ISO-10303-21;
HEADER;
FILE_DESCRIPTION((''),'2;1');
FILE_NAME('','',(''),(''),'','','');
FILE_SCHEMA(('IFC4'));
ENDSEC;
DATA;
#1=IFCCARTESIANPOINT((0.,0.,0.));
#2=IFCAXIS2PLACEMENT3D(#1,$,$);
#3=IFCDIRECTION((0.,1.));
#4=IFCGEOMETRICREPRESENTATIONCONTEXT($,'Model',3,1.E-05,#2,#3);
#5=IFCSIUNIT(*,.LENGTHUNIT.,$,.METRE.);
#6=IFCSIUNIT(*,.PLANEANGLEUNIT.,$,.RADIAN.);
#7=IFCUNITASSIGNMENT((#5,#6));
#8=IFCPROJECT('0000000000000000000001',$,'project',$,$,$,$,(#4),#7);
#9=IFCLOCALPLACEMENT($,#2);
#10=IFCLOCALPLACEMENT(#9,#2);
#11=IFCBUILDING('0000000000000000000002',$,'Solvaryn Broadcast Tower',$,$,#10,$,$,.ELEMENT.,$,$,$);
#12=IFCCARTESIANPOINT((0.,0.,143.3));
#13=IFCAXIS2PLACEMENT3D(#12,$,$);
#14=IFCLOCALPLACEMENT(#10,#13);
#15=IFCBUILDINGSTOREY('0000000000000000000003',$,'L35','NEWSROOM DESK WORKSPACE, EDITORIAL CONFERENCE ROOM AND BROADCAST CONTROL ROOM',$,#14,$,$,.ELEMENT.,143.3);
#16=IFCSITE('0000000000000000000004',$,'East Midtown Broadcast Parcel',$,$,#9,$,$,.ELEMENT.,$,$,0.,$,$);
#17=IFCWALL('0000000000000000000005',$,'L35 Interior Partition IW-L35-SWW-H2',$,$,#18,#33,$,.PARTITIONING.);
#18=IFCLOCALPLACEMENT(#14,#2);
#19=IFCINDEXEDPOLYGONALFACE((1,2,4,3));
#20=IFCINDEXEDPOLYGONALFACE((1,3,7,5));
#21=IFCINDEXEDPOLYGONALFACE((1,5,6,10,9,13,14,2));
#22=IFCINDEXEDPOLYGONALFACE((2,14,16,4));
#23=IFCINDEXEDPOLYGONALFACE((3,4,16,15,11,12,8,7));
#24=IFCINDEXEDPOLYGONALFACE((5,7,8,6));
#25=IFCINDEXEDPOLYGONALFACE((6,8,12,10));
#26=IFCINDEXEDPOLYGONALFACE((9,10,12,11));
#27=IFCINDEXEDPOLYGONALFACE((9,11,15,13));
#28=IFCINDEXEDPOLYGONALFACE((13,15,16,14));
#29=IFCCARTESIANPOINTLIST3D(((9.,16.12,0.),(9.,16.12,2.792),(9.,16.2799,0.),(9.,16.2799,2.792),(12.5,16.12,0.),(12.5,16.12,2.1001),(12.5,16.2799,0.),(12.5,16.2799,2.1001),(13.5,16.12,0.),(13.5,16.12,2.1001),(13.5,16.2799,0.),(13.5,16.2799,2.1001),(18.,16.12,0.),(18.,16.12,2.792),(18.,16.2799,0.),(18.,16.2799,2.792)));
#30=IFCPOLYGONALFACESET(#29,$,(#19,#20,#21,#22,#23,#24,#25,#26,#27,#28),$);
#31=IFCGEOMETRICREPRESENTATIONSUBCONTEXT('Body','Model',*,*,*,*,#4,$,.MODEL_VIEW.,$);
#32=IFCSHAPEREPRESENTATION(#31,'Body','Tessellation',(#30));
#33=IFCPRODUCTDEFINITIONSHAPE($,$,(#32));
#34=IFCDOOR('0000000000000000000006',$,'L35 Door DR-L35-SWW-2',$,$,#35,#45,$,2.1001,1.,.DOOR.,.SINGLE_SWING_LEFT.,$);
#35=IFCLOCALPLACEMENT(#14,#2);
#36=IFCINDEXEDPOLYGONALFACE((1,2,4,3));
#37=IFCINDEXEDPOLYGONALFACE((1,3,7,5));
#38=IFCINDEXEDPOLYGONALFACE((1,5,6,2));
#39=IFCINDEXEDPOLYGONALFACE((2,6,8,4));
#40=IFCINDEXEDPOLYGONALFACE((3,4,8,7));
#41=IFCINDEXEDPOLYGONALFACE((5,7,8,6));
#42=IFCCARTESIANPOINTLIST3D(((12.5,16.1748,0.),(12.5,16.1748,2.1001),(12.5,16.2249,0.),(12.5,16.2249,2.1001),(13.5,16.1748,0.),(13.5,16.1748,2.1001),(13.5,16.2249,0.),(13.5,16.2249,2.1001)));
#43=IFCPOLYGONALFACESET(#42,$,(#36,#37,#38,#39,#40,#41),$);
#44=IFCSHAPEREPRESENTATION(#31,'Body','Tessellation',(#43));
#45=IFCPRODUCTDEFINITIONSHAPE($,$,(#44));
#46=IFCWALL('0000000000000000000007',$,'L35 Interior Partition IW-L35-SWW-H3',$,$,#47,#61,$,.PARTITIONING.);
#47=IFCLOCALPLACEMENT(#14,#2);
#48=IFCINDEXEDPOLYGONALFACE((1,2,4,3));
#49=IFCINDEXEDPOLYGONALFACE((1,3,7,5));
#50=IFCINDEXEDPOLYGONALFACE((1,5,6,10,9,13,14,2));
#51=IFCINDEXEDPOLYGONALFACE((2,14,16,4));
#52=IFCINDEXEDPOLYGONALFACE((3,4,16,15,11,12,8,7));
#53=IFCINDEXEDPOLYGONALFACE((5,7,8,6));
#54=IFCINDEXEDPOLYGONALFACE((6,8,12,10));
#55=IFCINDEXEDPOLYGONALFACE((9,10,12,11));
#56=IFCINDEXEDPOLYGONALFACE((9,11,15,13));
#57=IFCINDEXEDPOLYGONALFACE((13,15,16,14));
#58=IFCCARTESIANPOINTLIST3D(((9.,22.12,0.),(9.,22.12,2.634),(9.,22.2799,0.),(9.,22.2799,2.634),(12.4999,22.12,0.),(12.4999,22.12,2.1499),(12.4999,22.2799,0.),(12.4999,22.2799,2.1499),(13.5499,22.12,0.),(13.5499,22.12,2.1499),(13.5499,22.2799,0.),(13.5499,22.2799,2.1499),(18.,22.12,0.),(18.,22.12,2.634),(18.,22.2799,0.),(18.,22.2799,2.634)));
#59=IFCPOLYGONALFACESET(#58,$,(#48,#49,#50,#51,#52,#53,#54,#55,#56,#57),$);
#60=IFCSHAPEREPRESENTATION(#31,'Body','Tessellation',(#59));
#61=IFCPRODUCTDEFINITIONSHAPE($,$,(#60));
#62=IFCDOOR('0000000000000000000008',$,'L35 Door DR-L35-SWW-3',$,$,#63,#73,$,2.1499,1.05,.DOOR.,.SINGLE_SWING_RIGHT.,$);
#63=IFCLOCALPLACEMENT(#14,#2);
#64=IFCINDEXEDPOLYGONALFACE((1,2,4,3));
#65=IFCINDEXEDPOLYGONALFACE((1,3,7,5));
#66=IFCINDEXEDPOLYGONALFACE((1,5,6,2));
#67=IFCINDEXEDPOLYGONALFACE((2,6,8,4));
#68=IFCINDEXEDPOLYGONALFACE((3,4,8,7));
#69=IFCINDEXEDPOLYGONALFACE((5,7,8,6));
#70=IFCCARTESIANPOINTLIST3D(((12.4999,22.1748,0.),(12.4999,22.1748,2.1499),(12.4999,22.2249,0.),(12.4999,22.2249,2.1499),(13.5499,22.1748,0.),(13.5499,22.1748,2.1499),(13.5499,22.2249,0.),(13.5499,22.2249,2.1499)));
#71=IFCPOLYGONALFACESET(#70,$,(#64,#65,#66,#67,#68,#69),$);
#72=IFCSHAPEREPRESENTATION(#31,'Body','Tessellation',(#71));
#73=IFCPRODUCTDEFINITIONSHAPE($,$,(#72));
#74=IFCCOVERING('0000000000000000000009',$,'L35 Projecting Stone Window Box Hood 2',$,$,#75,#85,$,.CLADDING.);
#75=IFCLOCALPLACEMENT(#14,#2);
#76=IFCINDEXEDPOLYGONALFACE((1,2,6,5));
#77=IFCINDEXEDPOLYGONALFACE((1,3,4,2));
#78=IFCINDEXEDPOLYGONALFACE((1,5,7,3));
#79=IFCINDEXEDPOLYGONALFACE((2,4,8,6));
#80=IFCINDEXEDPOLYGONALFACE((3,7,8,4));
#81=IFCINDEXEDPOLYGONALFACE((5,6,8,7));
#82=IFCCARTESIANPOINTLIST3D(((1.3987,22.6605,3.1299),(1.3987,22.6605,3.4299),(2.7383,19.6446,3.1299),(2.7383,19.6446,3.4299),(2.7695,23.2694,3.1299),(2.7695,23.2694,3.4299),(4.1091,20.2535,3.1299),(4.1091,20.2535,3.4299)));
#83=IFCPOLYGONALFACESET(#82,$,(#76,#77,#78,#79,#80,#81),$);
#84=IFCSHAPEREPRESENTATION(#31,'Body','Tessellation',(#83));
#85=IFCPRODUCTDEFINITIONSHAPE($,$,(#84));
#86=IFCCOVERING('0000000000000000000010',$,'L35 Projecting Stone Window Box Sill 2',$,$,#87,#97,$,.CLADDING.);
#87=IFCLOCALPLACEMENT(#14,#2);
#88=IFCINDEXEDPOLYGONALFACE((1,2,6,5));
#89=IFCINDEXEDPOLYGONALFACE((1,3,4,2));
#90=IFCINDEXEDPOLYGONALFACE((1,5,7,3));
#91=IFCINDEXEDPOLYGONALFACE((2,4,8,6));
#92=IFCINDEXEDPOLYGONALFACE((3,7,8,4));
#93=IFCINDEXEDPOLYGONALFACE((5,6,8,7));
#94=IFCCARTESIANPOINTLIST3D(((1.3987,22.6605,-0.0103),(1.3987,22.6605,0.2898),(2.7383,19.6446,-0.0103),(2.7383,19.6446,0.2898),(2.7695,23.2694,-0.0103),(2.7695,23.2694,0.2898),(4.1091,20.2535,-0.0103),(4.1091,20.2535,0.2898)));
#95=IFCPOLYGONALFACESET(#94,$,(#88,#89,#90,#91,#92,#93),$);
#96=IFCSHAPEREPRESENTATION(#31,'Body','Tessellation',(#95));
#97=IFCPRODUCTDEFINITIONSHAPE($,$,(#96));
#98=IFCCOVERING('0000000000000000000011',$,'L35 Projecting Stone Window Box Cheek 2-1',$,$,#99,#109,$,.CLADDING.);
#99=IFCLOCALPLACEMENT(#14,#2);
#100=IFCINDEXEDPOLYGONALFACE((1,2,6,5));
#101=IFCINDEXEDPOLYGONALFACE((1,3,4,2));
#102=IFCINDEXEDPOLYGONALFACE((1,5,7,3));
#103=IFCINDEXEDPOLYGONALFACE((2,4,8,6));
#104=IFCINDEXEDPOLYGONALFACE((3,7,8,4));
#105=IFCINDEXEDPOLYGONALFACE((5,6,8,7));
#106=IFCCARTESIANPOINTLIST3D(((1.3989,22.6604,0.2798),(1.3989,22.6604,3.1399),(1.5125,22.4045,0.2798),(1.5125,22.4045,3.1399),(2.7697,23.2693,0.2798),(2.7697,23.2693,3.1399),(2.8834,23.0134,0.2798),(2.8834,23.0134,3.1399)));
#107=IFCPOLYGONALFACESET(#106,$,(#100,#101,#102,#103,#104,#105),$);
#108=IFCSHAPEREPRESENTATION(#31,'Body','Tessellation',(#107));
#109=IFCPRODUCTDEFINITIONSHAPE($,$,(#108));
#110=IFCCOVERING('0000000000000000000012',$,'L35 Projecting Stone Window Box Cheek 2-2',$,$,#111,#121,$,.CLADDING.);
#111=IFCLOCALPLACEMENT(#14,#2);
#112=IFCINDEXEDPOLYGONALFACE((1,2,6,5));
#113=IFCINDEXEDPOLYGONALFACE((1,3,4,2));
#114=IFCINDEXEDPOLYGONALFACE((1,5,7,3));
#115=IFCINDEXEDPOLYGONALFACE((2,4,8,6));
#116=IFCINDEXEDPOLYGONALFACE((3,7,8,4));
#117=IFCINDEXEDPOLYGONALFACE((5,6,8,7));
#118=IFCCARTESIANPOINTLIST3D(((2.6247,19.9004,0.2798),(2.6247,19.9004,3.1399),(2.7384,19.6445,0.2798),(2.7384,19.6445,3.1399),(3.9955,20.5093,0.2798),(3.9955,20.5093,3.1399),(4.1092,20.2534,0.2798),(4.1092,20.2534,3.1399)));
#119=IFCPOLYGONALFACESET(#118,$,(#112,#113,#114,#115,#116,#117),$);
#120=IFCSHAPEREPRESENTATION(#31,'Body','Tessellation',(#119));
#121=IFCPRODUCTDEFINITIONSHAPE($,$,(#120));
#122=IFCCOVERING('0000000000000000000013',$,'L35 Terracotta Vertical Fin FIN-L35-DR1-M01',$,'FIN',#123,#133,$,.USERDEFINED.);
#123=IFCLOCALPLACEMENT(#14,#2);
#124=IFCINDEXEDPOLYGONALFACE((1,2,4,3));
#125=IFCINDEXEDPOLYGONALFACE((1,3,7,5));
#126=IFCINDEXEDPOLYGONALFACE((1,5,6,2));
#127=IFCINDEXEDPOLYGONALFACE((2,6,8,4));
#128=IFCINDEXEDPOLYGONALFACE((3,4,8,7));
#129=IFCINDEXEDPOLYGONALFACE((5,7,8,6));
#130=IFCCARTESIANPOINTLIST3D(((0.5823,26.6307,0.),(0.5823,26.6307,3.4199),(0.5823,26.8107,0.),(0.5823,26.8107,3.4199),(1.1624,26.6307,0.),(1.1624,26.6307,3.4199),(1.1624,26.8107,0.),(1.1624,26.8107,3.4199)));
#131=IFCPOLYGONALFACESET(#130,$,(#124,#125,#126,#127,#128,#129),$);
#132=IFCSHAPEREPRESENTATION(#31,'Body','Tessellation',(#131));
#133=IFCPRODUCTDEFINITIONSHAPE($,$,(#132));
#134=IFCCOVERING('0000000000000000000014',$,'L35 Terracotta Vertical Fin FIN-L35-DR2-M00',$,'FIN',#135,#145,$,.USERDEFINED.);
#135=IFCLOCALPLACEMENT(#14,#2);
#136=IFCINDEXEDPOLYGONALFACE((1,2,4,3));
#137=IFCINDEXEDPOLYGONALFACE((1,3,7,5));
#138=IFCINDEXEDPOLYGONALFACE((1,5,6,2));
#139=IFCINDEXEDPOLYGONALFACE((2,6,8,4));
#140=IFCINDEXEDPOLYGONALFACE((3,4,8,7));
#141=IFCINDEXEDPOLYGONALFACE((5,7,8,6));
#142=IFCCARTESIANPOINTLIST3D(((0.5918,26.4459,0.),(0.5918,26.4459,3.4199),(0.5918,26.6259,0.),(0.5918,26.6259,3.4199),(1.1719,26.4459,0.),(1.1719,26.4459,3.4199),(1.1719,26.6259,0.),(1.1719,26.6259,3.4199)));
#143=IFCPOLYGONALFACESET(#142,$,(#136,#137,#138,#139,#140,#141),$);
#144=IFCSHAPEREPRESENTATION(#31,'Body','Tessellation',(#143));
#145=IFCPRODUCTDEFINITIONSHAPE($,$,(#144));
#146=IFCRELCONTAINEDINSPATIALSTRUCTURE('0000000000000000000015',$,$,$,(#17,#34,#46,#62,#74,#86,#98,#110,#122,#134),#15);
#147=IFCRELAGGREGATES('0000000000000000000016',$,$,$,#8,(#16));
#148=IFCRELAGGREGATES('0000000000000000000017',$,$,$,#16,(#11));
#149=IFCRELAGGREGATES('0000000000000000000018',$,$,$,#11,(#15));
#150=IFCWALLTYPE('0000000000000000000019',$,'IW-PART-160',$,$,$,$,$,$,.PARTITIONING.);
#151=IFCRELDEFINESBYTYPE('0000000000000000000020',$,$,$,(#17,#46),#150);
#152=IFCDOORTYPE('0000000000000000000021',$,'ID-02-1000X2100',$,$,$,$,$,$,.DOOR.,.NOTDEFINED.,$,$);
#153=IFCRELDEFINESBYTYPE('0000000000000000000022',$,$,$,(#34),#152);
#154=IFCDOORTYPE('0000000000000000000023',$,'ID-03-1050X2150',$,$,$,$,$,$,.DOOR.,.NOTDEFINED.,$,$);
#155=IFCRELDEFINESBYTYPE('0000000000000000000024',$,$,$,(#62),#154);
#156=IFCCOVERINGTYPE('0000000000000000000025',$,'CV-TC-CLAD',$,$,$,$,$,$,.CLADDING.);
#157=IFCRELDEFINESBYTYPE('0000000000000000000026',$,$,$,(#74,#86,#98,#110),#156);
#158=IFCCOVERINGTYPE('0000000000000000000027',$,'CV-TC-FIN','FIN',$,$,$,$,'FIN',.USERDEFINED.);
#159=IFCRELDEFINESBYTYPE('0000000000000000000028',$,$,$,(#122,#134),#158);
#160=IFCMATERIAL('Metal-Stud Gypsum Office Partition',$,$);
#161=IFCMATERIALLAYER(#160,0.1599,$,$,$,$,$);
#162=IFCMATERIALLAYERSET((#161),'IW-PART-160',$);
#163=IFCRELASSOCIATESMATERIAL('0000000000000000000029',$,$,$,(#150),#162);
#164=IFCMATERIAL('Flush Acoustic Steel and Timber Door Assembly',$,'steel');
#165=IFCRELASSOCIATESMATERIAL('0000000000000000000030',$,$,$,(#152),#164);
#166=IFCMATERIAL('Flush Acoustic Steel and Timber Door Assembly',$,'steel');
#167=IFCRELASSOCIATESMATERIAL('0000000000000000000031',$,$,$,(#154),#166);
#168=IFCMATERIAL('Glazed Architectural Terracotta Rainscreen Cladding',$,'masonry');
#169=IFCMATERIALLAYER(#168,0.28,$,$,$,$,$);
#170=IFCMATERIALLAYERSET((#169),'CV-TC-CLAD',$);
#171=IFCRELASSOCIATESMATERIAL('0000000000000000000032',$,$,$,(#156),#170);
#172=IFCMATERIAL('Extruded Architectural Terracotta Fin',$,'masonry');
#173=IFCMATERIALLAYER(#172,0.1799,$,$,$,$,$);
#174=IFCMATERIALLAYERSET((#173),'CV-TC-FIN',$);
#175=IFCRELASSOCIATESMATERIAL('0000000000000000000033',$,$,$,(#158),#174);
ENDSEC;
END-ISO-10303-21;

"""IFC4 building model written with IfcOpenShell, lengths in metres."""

from ifc_helpers import new_model, si_unit, direction, frame, frame_2d, origin, origin_2d, place, context, subcontext, project, spatial, rectangle, extrude, material, layer, layer_set, type_object, element, fill, save


model = new_model("IFC4")

# Units and contexts
model_context = context("Model", 3, precision=1e-05, world=origin(), true_north=direction((0.0, 1.0)))
body_context = subcontext(model_context, "Body", "Model", "MODEL_VIEW")
ifc_project = project(units=[si_unit("LENGTHUNIT", "METRE"), si_unit("PLANEANGLEUNIT", "RADIAN")], contexts=[model_context])

# Site, building, storey
site_placement = place(None, origin())
site = spatial("IfcSite", under=ifc_project, at=site_placement, Name="East Midtown Broadcast Parcel", CompositionType="ELEMENT", RefElevation=0.0)
building_placement = place(site_placement, origin())
building = spatial("IfcBuilding", under=site, at=building_placement, Name="Solvaryn Broadcast Tower", CompositionType="ELEMENT")
storey_placement = place(building_placement, frame((0.0, 0.0, 143.3)))
storey = spatial("IfcBuildingStorey", under=building, at=storey_placement, Name="L35", Description="NEWSROOM DESK WORKSPACE, EDITORIAL CONFERENCE ROOM AND BROADCAST CONTROL ROOM", CompositionType="ELEMENT", Elevation=143.3)

# Walls, openings, doors
ifc_material_1 = material(Name="Metal-Stud Gypsum Office Partition")
ifc_layer_1 = layer(ifc_material_1, 0.1599)
ifc_layer_set_1 = layer_set([ifc_layer_1], Name="IW-PART-160")
wall_type = type_object("IfcWallType", Name="IW-PART-160", PredefinedType="PARTITIONING", material=ifc_layer_set_1)
wall_1_placement = place(storey_placement, frame((9.0, 16.2, 0.0), z_axis=(0.0, 0.0, 1.0), x_axis=(1.0, 0.0, 0.0)))
wall_1 = element("IfcWall", 1, at=wall_1_placement, inside=storey, type_object=wall_type, Name="L35 Interior Partition IW-L35-SWW-H2", PredefinedType="PARTITIONING", context=body_context, shape_type="SweptSolid", body=[
    extrude(rectangle(XDim=9.0, YDim=0.1599, at=frame_2d((4.5, 0.0))), origin(), (0.0, 0.0, 1.0), 2.792),
])
opening_1_placement = place(wall_1_placement, frame((3.5, 0.0, 0.0)))
opening_1 = element("IfcOpeningElement", 2, at=opening_1_placement, cuts=wall_1, PredefinedType="OPENING", context=body_context, shape_type="SweptSolid", body=[
    extrude(rectangle(XDim=1.0, YDim=2.1001, at=frame_2d((0.5, 1.05))), frame((0.0, 0.0901, 0.0), z_axis=(0.0, -1.0, 0.0), x_axis=(1.0, 0.0, 0.0)), (0.0, 0.0, 1.0), 0.1799),
])
ifc_material_2 = material(Name="Flush Acoustic Steel and Timber Door Assembly", Category="steel")
door_type_1 = type_object("IfcDoorType", Name="ID-02-1000X2100", OperationType="NOTDEFINED", PredefinedType="DOOR", material=ifc_material_2)
door_1_placement = place(opening_1_placement, origin())
door_1 = element("IfcDoor", 3, at=door_1_placement, inside=storey, type_object=door_type_1, Name="L35 Door DR-L35-SWW-2", OperationType="SINGLE_SWING_LEFT", OverallHeight=2.1001, OverallWidth=1.0, PredefinedType="DOOR", context=body_context, shape_type="SweptSolid", body=[
    extrude(rectangle(XDim=1.0, YDim=2.1001, at=frame_2d((0.5, 1.05))), frame((0.0, 0.0249, 0.0), z_axis=(0.0, -1.0, 0.0), x_axis=(1.0, 0.0, 0.0)), (0.0, 0.0, 1.0), 0.05),
])
fill(opening_1, door_1)
wall_2_placement = place(storey_placement, frame((9.0, 22.2, 0.0), z_axis=(0.0, 0.0, 1.0), x_axis=(1.0, 0.0, 0.0)))
wall_2 = element("IfcWall", 4, at=wall_2_placement, inside=storey, type_object=wall_type, Name="L35 Interior Partition IW-L35-SWW-H3", PredefinedType="PARTITIONING", context=body_context, shape_type="SweptSolid", body=[
    extrude(rectangle(XDim=9.0, YDim=0.1599, at=frame_2d((4.5, 0.0))), origin(), (0.0, 0.0, 1.0), 2.634),
])
opening_2_placement = place(wall_2_placement, frame((3.5, 0.0, 0.0)))
opening_2 = element("IfcOpeningElement", 5, at=opening_2_placement, cuts=wall_2, PredefinedType="OPENING", context=body_context, shape_type="SweptSolid", body=[
    extrude(rectangle(XDim=1.05, YDim=2.1499, at=frame_2d((0.5249, 1.075))), frame((0.0, 0.0901, 0.0), z_axis=(0.0, -1.0, 0.0), x_axis=(1.0, 0.0, 0.0)), (0.0, 0.0, 1.0), 0.1799),
])
ifc_material_3 = material(Name="Flush Acoustic Steel and Timber Door Assembly", Category="steel")
door_type_2 = type_object("IfcDoorType", Name="ID-03-1050X2150", OperationType="NOTDEFINED", PredefinedType="DOOR", material=ifc_material_3)
door_2_placement = place(opening_2_placement, origin())
door_2 = element("IfcDoor", 6, at=door_2_placement, inside=storey, type_object=door_type_2, Name="L35 Door DR-L35-SWW-3", OperationType="SINGLE_SWING_RIGHT", OverallHeight=2.1499, OverallWidth=1.05, PredefinedType="DOOR", context=body_context, shape_type="SweptSolid", body=[
    extrude(rectangle(XDim=1.05, YDim=2.1499, at=frame_2d((0.5249, 1.075))), frame((0.0, 0.0249, 0.0), z_axis=(0.0, -1.0, 0.0), x_axis=(1.0, 0.0, 0.0)), (0.0, 0.0, 1.0), 0.05),
])
fill(opening_2, door_2)

# Coverings
ifc_material_4 = material(Name="Glazed Architectural Terracotta Rainscreen Cladding", Category="masonry")
ifc_layer_2 = layer(ifc_material_4, 0.28)
ifc_layer_set_2 = layer_set([ifc_layer_2], Name="CV-TC-CLAD")
covering_type_1 = type_object("IfcCoveringType", Name="CV-TC-CLAD", PredefinedType="CLADDING", material=ifc_layer_set_2)
for number, where, z_axis, x_axis, name in (
    (7, (2.7539, 21.457, 3.1299), (0.0, 0.0, 1.0), (0.405939, -0.9139, 0.0), "L35 Projecting Stone Window Box Hood 2"),
    (8, (2.7539, 21.457, -0.0103), (0.0, 0.0, 1.0), (0.405939, -0.9139, 0.0), "L35 Projecting Stone Window Box Sill 2"),
):
    element("IfcCovering", number, at=place(storey_placement, frame(where, z_axis=z_axis, x_axis=x_axis)), inside=storey, type_object=covering_type_1, Name=name, PredefinedType="CLADDING", context=body_context, shape_type="SweptSolid", body=[
        extrude(rectangle(XDim=3.3, YDim=1.5, at=origin_2d()), origin(), (0.0, 0.0, 1.0), 0.3),
    ])
for number, where, z_axis, x_axis, name in (
    (9, (2.1411, 22.8369, 0.2798), (0.0, 0.0, 1.0), (0.405939, -0.9139, 0.0), "L35 Projecting Stone Window Box Cheek 2-1"),
    (10, (3.3669, 20.0769, 0.2798), (0.0, 0.0, 1.0), (0.405939, -0.9139, 0.0), "L35 Projecting Stone Window Box Cheek 2-2"),
):
    element("IfcCovering", number, at=place(storey_placement, frame(where, z_axis=z_axis, x_axis=x_axis)), inside=storey, type_object=covering_type_1, Name=name, PredefinedType="CLADDING", context=body_context, shape_type="SweptSolid", body=[
        extrude(rectangle(XDim=0.28, YDim=1.5, at=origin_2d()), origin(), (0.0, 0.0, 1.0), 2.8601),
    ])
ifc_material_5 = material(Name="Extruded Architectural Terracotta Fin", Category="masonry")
ifc_layer_3 = layer(ifc_material_5, 0.1799)
ifc_layer_set_3 = layer_set([ifc_layer_3], Name="CV-TC-FIN")
covering_type_2 = type_object("IfcCoveringType", Name="CV-TC-FIN", Description="FIN", ElementType="FIN", PredefinedType="USERDEFINED", material=ifc_layer_set_3)
for number, where, z_axis, x_axis, name in (
    (11, (0.8723, 26.7207, 0.0), (0.0, 0.0, 1.0), (1.0, 0.0, 0.0), "L35 Terracotta Vertical Fin FIN-L35-DR1-M01"),
    (12, (0.8818, 26.5359, 0.0), (0.0, 0.0, 1.0), (1.0, 0.0, 0.0), "L35 Terracotta Vertical Fin FIN-L35-DR2-M00"),
):
    element("IfcCovering", number, at=place(storey_placement, frame(where, z_axis=z_axis, x_axis=x_axis)), inside=storey, type_object=covering_type_2, Name=name, ObjectType="FIN", PredefinedType="USERDEFINED", context=body_context, shape_type="SweptSolid", body=[
        extrude(rectangle(XDim=0.5801, YDim=0.1799, at=origin_2d()), origin(), (0.0, 0.0, 1.0), 3.4199),
    ])

save(model, "model.ifc")
